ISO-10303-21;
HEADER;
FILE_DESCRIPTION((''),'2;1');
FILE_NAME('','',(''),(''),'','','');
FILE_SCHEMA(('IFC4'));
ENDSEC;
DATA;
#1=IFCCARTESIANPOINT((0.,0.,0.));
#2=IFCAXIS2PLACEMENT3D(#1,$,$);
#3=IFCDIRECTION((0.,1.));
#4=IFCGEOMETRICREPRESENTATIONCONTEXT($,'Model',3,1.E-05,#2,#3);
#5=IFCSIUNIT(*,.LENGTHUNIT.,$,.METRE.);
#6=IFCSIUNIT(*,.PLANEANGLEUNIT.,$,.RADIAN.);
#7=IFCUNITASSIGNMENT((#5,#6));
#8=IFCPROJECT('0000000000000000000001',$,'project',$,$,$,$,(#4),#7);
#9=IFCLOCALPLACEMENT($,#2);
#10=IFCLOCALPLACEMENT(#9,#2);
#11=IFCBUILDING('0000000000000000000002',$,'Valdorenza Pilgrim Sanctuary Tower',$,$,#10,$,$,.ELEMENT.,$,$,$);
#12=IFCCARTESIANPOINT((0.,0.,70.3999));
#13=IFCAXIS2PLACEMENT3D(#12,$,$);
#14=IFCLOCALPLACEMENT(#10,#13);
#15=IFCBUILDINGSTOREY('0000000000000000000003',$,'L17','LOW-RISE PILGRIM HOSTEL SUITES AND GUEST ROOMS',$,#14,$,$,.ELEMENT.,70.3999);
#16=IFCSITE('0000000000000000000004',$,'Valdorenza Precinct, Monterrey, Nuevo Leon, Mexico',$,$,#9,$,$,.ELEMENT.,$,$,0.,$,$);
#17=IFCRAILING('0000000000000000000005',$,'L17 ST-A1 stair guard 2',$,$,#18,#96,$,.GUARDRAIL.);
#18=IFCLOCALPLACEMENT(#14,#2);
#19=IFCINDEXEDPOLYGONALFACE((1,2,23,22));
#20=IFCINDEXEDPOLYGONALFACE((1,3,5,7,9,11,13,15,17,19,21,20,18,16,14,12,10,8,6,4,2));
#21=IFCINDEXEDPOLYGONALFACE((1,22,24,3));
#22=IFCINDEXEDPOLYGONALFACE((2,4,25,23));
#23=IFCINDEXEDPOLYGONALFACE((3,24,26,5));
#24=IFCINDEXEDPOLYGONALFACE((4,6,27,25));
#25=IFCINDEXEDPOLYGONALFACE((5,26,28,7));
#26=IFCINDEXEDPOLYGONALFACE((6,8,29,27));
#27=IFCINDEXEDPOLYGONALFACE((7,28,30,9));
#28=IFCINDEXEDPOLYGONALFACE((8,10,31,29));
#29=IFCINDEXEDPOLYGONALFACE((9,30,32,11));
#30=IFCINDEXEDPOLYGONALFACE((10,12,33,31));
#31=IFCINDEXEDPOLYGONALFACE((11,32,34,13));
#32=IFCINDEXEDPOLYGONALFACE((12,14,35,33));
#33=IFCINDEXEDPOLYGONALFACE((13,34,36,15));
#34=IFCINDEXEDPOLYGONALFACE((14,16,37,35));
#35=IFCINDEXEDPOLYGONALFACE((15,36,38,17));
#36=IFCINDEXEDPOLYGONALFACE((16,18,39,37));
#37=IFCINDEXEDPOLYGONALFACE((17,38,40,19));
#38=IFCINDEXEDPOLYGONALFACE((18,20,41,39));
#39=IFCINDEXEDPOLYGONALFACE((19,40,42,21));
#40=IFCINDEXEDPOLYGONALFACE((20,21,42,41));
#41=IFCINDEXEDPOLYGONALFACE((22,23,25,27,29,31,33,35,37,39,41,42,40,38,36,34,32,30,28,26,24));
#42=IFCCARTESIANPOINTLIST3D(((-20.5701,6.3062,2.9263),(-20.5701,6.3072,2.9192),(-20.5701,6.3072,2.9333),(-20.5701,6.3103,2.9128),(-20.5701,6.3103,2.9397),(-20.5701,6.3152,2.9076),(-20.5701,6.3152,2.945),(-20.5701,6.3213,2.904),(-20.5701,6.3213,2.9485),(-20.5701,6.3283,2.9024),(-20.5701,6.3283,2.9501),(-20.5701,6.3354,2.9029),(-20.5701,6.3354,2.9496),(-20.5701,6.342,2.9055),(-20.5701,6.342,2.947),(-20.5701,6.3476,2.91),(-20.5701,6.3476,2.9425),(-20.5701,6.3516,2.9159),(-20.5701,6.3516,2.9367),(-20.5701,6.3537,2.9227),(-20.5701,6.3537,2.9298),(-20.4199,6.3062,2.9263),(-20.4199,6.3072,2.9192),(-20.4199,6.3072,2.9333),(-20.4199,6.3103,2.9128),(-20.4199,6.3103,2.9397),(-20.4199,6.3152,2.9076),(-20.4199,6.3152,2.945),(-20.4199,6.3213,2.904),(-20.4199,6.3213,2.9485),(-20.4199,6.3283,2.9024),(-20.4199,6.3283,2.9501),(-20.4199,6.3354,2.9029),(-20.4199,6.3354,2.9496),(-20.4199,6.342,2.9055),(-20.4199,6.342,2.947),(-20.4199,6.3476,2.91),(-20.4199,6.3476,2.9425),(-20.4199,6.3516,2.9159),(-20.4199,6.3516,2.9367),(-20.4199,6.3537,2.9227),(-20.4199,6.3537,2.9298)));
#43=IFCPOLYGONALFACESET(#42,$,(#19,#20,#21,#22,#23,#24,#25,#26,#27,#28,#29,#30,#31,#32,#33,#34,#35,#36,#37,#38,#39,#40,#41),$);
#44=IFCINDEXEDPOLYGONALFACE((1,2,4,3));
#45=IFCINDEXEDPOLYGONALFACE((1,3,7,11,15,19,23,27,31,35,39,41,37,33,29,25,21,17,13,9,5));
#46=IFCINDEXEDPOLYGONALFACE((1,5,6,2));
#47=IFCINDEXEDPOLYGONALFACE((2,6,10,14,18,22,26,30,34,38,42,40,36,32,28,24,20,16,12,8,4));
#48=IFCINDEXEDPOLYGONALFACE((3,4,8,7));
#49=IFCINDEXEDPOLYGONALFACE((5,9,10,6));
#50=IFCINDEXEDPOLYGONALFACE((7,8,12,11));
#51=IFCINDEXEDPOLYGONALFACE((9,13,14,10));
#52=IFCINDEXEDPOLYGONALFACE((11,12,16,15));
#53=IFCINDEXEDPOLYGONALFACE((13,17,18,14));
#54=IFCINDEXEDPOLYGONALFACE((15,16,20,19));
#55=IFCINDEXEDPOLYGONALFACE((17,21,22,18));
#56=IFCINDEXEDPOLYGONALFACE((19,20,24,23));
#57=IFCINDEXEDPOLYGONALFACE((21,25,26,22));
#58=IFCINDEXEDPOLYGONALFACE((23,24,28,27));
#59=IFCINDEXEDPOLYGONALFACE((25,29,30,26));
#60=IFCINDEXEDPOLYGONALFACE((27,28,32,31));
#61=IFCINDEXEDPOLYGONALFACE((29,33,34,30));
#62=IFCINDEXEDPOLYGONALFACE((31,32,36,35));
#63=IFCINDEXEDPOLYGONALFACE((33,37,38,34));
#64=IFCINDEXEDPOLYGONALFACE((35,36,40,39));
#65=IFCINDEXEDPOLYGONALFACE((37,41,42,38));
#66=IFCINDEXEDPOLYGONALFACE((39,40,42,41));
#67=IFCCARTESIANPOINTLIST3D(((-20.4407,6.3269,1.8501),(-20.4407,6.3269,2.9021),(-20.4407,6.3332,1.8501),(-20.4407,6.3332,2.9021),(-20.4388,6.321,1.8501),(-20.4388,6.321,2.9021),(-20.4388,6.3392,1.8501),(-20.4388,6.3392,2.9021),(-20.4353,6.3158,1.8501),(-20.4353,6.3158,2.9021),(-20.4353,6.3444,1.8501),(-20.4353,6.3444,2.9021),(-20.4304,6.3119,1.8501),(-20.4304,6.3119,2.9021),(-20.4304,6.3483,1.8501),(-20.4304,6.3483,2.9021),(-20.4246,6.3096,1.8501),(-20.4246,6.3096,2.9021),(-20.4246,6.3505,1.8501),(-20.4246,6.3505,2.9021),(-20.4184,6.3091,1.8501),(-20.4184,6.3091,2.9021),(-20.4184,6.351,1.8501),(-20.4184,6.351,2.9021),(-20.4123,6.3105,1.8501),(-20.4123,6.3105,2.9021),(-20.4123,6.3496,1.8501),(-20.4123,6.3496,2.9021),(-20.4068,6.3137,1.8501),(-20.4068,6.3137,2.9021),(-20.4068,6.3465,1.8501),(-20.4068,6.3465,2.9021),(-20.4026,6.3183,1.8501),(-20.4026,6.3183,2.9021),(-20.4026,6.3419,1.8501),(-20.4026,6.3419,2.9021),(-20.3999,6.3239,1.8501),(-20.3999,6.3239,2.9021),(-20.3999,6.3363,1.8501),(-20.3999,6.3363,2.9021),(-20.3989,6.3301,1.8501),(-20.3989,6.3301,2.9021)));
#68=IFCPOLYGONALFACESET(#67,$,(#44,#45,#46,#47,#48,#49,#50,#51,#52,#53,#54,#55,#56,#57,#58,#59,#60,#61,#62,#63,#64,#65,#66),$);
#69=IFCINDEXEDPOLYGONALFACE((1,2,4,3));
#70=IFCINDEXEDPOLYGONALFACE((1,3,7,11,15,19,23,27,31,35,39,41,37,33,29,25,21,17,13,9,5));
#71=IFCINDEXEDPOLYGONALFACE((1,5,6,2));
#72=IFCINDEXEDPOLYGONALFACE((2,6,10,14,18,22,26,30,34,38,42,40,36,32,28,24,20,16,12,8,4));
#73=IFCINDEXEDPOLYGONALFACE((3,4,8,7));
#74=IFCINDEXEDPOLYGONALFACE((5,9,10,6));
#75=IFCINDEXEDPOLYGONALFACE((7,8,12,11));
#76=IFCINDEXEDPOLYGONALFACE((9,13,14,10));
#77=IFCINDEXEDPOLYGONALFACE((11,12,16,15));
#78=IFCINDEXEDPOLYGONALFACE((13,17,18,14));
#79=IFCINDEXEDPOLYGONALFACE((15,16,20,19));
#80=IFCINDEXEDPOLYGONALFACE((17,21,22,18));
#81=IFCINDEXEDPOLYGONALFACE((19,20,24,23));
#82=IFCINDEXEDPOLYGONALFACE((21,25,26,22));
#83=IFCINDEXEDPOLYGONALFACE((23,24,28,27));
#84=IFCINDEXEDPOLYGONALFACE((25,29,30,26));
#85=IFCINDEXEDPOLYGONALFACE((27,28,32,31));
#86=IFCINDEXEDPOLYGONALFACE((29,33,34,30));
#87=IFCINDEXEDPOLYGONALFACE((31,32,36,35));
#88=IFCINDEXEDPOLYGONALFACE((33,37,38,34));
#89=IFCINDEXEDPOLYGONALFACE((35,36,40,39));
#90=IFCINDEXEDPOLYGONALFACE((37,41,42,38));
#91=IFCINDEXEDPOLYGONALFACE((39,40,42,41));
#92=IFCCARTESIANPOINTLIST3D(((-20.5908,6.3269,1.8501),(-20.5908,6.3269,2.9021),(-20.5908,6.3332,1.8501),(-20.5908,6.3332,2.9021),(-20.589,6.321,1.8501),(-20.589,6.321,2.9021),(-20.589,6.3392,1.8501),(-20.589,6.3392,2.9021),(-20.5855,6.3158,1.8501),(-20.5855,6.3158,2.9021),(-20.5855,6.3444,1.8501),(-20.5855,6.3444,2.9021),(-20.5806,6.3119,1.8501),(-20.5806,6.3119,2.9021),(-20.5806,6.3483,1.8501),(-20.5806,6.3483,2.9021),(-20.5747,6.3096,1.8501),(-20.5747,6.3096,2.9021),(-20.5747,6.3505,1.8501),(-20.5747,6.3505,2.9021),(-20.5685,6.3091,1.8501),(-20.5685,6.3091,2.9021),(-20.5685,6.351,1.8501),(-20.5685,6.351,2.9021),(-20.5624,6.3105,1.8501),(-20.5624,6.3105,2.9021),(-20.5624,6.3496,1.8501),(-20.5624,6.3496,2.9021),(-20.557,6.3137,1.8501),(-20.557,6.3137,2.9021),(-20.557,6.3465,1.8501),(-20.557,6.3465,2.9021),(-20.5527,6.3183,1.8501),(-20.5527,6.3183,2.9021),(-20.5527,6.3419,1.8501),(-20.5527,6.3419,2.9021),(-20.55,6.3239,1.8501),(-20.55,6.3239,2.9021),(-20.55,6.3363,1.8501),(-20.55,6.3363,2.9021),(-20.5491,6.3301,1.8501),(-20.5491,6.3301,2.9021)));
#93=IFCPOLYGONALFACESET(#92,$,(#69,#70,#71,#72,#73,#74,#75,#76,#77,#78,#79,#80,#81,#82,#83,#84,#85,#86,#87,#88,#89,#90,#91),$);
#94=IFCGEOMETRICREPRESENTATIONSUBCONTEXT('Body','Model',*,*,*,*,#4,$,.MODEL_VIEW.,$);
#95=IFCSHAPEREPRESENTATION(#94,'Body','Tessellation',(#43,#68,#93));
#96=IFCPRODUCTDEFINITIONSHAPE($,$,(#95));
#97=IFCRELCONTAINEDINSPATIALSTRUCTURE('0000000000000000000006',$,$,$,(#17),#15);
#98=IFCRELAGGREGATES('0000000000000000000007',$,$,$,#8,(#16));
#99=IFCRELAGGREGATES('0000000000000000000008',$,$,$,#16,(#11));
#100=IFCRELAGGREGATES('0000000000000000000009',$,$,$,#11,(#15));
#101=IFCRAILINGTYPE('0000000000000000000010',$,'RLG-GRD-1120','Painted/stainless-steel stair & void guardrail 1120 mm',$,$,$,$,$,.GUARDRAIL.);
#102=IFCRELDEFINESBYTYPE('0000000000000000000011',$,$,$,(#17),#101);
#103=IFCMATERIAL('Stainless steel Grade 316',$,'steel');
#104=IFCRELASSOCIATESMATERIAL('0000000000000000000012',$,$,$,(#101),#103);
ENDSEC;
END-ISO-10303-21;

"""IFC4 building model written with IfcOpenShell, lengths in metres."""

from ifc_helpers import new_model, si_unit, direction, frame, origin, origin_2d, place, context, subcontext, project, spatial, circle, extrude, material, type_object, element, save


model = new_model("IFC4")

# Units and contexts
model_context = context("Model", 3, precision=1e-05, world=origin(), true_north=direction((0.0, 1.0)))
body_context = subcontext(model_context, "Body", "Model", "MODEL_VIEW")
ifc_project = project(units=[si_unit("LENGTHUNIT", "METRE"), si_unit("PLANEANGLEUNIT", "RADIAN")], contexts=[model_context])

# Site, building, storey
site_placement = place(None, origin())
site = spatial("IfcSite", under=ifc_project, at=site_placement, Name="Valdorenza Precinct, Monterrey, Nuevo Leon, Mexico", CompositionType="ELEMENT", RefElevation=0.0)
building_placement = place(site_placement, origin())
building = spatial("IfcBuilding", under=site, at=building_placement, Name="Valdorenza Pilgrim Sanctuary Tower", CompositionType="ELEMENT")
storey_placement = place(building_placement, frame((0.0, 0.0, 70.3999)))
storey = spatial("IfcBuildingStorey", under=building, at=storey_placement, Name="L17", Description="LOW-RISE PILGRIM HOSTEL SUITES AND GUEST ROOMS", CompositionType="ELEMENT", Elevation=70.3999)

# Railing
ifc_material_1 = material(Name="Stainless steel Grade 316", Category="steel")
railing_type_1 = type_object("IfcRailingType", Name="RLG-GRD-1120", Description="Painted/stainless-steel stair & void guardrail 1120 mm", PredefinedType="GUARDRAIL", material=ifc_material_1)
railing_1_placement = place(storey_placement, frame((-20.4199, 6.3301, 1.8501)))
element("IfcRailing", 1, at=railing_1_placement, inside=storey, type_object=railing_type_1, Name="L17 ST-A1 stair guard 2", PredefinedType="GUARDRAIL", context=body_context, shape_type="SweptSolid", body=[
    extrude(circle(Radius=0.0239, at=origin_2d()), frame((0.0, 0.0, 1.0762), z_axis=(-1.0, 0.0, 0.0), x_axis=(0.0, -1.0, 0.0)), (0.0, 0.0, 1.0), 0.1501),
    extrude(circle(Radius=0.021, at=origin_2d()), origin(), (0.0, 0.0, 1.0), 1.052),
    extrude(circle(Radius=0.021, at=origin_2d()), frame((-0.1501, 0.0, 0.0)), (0.0, 0.0, 1.0), 1.052),
])

save(model, "model.ifc")
